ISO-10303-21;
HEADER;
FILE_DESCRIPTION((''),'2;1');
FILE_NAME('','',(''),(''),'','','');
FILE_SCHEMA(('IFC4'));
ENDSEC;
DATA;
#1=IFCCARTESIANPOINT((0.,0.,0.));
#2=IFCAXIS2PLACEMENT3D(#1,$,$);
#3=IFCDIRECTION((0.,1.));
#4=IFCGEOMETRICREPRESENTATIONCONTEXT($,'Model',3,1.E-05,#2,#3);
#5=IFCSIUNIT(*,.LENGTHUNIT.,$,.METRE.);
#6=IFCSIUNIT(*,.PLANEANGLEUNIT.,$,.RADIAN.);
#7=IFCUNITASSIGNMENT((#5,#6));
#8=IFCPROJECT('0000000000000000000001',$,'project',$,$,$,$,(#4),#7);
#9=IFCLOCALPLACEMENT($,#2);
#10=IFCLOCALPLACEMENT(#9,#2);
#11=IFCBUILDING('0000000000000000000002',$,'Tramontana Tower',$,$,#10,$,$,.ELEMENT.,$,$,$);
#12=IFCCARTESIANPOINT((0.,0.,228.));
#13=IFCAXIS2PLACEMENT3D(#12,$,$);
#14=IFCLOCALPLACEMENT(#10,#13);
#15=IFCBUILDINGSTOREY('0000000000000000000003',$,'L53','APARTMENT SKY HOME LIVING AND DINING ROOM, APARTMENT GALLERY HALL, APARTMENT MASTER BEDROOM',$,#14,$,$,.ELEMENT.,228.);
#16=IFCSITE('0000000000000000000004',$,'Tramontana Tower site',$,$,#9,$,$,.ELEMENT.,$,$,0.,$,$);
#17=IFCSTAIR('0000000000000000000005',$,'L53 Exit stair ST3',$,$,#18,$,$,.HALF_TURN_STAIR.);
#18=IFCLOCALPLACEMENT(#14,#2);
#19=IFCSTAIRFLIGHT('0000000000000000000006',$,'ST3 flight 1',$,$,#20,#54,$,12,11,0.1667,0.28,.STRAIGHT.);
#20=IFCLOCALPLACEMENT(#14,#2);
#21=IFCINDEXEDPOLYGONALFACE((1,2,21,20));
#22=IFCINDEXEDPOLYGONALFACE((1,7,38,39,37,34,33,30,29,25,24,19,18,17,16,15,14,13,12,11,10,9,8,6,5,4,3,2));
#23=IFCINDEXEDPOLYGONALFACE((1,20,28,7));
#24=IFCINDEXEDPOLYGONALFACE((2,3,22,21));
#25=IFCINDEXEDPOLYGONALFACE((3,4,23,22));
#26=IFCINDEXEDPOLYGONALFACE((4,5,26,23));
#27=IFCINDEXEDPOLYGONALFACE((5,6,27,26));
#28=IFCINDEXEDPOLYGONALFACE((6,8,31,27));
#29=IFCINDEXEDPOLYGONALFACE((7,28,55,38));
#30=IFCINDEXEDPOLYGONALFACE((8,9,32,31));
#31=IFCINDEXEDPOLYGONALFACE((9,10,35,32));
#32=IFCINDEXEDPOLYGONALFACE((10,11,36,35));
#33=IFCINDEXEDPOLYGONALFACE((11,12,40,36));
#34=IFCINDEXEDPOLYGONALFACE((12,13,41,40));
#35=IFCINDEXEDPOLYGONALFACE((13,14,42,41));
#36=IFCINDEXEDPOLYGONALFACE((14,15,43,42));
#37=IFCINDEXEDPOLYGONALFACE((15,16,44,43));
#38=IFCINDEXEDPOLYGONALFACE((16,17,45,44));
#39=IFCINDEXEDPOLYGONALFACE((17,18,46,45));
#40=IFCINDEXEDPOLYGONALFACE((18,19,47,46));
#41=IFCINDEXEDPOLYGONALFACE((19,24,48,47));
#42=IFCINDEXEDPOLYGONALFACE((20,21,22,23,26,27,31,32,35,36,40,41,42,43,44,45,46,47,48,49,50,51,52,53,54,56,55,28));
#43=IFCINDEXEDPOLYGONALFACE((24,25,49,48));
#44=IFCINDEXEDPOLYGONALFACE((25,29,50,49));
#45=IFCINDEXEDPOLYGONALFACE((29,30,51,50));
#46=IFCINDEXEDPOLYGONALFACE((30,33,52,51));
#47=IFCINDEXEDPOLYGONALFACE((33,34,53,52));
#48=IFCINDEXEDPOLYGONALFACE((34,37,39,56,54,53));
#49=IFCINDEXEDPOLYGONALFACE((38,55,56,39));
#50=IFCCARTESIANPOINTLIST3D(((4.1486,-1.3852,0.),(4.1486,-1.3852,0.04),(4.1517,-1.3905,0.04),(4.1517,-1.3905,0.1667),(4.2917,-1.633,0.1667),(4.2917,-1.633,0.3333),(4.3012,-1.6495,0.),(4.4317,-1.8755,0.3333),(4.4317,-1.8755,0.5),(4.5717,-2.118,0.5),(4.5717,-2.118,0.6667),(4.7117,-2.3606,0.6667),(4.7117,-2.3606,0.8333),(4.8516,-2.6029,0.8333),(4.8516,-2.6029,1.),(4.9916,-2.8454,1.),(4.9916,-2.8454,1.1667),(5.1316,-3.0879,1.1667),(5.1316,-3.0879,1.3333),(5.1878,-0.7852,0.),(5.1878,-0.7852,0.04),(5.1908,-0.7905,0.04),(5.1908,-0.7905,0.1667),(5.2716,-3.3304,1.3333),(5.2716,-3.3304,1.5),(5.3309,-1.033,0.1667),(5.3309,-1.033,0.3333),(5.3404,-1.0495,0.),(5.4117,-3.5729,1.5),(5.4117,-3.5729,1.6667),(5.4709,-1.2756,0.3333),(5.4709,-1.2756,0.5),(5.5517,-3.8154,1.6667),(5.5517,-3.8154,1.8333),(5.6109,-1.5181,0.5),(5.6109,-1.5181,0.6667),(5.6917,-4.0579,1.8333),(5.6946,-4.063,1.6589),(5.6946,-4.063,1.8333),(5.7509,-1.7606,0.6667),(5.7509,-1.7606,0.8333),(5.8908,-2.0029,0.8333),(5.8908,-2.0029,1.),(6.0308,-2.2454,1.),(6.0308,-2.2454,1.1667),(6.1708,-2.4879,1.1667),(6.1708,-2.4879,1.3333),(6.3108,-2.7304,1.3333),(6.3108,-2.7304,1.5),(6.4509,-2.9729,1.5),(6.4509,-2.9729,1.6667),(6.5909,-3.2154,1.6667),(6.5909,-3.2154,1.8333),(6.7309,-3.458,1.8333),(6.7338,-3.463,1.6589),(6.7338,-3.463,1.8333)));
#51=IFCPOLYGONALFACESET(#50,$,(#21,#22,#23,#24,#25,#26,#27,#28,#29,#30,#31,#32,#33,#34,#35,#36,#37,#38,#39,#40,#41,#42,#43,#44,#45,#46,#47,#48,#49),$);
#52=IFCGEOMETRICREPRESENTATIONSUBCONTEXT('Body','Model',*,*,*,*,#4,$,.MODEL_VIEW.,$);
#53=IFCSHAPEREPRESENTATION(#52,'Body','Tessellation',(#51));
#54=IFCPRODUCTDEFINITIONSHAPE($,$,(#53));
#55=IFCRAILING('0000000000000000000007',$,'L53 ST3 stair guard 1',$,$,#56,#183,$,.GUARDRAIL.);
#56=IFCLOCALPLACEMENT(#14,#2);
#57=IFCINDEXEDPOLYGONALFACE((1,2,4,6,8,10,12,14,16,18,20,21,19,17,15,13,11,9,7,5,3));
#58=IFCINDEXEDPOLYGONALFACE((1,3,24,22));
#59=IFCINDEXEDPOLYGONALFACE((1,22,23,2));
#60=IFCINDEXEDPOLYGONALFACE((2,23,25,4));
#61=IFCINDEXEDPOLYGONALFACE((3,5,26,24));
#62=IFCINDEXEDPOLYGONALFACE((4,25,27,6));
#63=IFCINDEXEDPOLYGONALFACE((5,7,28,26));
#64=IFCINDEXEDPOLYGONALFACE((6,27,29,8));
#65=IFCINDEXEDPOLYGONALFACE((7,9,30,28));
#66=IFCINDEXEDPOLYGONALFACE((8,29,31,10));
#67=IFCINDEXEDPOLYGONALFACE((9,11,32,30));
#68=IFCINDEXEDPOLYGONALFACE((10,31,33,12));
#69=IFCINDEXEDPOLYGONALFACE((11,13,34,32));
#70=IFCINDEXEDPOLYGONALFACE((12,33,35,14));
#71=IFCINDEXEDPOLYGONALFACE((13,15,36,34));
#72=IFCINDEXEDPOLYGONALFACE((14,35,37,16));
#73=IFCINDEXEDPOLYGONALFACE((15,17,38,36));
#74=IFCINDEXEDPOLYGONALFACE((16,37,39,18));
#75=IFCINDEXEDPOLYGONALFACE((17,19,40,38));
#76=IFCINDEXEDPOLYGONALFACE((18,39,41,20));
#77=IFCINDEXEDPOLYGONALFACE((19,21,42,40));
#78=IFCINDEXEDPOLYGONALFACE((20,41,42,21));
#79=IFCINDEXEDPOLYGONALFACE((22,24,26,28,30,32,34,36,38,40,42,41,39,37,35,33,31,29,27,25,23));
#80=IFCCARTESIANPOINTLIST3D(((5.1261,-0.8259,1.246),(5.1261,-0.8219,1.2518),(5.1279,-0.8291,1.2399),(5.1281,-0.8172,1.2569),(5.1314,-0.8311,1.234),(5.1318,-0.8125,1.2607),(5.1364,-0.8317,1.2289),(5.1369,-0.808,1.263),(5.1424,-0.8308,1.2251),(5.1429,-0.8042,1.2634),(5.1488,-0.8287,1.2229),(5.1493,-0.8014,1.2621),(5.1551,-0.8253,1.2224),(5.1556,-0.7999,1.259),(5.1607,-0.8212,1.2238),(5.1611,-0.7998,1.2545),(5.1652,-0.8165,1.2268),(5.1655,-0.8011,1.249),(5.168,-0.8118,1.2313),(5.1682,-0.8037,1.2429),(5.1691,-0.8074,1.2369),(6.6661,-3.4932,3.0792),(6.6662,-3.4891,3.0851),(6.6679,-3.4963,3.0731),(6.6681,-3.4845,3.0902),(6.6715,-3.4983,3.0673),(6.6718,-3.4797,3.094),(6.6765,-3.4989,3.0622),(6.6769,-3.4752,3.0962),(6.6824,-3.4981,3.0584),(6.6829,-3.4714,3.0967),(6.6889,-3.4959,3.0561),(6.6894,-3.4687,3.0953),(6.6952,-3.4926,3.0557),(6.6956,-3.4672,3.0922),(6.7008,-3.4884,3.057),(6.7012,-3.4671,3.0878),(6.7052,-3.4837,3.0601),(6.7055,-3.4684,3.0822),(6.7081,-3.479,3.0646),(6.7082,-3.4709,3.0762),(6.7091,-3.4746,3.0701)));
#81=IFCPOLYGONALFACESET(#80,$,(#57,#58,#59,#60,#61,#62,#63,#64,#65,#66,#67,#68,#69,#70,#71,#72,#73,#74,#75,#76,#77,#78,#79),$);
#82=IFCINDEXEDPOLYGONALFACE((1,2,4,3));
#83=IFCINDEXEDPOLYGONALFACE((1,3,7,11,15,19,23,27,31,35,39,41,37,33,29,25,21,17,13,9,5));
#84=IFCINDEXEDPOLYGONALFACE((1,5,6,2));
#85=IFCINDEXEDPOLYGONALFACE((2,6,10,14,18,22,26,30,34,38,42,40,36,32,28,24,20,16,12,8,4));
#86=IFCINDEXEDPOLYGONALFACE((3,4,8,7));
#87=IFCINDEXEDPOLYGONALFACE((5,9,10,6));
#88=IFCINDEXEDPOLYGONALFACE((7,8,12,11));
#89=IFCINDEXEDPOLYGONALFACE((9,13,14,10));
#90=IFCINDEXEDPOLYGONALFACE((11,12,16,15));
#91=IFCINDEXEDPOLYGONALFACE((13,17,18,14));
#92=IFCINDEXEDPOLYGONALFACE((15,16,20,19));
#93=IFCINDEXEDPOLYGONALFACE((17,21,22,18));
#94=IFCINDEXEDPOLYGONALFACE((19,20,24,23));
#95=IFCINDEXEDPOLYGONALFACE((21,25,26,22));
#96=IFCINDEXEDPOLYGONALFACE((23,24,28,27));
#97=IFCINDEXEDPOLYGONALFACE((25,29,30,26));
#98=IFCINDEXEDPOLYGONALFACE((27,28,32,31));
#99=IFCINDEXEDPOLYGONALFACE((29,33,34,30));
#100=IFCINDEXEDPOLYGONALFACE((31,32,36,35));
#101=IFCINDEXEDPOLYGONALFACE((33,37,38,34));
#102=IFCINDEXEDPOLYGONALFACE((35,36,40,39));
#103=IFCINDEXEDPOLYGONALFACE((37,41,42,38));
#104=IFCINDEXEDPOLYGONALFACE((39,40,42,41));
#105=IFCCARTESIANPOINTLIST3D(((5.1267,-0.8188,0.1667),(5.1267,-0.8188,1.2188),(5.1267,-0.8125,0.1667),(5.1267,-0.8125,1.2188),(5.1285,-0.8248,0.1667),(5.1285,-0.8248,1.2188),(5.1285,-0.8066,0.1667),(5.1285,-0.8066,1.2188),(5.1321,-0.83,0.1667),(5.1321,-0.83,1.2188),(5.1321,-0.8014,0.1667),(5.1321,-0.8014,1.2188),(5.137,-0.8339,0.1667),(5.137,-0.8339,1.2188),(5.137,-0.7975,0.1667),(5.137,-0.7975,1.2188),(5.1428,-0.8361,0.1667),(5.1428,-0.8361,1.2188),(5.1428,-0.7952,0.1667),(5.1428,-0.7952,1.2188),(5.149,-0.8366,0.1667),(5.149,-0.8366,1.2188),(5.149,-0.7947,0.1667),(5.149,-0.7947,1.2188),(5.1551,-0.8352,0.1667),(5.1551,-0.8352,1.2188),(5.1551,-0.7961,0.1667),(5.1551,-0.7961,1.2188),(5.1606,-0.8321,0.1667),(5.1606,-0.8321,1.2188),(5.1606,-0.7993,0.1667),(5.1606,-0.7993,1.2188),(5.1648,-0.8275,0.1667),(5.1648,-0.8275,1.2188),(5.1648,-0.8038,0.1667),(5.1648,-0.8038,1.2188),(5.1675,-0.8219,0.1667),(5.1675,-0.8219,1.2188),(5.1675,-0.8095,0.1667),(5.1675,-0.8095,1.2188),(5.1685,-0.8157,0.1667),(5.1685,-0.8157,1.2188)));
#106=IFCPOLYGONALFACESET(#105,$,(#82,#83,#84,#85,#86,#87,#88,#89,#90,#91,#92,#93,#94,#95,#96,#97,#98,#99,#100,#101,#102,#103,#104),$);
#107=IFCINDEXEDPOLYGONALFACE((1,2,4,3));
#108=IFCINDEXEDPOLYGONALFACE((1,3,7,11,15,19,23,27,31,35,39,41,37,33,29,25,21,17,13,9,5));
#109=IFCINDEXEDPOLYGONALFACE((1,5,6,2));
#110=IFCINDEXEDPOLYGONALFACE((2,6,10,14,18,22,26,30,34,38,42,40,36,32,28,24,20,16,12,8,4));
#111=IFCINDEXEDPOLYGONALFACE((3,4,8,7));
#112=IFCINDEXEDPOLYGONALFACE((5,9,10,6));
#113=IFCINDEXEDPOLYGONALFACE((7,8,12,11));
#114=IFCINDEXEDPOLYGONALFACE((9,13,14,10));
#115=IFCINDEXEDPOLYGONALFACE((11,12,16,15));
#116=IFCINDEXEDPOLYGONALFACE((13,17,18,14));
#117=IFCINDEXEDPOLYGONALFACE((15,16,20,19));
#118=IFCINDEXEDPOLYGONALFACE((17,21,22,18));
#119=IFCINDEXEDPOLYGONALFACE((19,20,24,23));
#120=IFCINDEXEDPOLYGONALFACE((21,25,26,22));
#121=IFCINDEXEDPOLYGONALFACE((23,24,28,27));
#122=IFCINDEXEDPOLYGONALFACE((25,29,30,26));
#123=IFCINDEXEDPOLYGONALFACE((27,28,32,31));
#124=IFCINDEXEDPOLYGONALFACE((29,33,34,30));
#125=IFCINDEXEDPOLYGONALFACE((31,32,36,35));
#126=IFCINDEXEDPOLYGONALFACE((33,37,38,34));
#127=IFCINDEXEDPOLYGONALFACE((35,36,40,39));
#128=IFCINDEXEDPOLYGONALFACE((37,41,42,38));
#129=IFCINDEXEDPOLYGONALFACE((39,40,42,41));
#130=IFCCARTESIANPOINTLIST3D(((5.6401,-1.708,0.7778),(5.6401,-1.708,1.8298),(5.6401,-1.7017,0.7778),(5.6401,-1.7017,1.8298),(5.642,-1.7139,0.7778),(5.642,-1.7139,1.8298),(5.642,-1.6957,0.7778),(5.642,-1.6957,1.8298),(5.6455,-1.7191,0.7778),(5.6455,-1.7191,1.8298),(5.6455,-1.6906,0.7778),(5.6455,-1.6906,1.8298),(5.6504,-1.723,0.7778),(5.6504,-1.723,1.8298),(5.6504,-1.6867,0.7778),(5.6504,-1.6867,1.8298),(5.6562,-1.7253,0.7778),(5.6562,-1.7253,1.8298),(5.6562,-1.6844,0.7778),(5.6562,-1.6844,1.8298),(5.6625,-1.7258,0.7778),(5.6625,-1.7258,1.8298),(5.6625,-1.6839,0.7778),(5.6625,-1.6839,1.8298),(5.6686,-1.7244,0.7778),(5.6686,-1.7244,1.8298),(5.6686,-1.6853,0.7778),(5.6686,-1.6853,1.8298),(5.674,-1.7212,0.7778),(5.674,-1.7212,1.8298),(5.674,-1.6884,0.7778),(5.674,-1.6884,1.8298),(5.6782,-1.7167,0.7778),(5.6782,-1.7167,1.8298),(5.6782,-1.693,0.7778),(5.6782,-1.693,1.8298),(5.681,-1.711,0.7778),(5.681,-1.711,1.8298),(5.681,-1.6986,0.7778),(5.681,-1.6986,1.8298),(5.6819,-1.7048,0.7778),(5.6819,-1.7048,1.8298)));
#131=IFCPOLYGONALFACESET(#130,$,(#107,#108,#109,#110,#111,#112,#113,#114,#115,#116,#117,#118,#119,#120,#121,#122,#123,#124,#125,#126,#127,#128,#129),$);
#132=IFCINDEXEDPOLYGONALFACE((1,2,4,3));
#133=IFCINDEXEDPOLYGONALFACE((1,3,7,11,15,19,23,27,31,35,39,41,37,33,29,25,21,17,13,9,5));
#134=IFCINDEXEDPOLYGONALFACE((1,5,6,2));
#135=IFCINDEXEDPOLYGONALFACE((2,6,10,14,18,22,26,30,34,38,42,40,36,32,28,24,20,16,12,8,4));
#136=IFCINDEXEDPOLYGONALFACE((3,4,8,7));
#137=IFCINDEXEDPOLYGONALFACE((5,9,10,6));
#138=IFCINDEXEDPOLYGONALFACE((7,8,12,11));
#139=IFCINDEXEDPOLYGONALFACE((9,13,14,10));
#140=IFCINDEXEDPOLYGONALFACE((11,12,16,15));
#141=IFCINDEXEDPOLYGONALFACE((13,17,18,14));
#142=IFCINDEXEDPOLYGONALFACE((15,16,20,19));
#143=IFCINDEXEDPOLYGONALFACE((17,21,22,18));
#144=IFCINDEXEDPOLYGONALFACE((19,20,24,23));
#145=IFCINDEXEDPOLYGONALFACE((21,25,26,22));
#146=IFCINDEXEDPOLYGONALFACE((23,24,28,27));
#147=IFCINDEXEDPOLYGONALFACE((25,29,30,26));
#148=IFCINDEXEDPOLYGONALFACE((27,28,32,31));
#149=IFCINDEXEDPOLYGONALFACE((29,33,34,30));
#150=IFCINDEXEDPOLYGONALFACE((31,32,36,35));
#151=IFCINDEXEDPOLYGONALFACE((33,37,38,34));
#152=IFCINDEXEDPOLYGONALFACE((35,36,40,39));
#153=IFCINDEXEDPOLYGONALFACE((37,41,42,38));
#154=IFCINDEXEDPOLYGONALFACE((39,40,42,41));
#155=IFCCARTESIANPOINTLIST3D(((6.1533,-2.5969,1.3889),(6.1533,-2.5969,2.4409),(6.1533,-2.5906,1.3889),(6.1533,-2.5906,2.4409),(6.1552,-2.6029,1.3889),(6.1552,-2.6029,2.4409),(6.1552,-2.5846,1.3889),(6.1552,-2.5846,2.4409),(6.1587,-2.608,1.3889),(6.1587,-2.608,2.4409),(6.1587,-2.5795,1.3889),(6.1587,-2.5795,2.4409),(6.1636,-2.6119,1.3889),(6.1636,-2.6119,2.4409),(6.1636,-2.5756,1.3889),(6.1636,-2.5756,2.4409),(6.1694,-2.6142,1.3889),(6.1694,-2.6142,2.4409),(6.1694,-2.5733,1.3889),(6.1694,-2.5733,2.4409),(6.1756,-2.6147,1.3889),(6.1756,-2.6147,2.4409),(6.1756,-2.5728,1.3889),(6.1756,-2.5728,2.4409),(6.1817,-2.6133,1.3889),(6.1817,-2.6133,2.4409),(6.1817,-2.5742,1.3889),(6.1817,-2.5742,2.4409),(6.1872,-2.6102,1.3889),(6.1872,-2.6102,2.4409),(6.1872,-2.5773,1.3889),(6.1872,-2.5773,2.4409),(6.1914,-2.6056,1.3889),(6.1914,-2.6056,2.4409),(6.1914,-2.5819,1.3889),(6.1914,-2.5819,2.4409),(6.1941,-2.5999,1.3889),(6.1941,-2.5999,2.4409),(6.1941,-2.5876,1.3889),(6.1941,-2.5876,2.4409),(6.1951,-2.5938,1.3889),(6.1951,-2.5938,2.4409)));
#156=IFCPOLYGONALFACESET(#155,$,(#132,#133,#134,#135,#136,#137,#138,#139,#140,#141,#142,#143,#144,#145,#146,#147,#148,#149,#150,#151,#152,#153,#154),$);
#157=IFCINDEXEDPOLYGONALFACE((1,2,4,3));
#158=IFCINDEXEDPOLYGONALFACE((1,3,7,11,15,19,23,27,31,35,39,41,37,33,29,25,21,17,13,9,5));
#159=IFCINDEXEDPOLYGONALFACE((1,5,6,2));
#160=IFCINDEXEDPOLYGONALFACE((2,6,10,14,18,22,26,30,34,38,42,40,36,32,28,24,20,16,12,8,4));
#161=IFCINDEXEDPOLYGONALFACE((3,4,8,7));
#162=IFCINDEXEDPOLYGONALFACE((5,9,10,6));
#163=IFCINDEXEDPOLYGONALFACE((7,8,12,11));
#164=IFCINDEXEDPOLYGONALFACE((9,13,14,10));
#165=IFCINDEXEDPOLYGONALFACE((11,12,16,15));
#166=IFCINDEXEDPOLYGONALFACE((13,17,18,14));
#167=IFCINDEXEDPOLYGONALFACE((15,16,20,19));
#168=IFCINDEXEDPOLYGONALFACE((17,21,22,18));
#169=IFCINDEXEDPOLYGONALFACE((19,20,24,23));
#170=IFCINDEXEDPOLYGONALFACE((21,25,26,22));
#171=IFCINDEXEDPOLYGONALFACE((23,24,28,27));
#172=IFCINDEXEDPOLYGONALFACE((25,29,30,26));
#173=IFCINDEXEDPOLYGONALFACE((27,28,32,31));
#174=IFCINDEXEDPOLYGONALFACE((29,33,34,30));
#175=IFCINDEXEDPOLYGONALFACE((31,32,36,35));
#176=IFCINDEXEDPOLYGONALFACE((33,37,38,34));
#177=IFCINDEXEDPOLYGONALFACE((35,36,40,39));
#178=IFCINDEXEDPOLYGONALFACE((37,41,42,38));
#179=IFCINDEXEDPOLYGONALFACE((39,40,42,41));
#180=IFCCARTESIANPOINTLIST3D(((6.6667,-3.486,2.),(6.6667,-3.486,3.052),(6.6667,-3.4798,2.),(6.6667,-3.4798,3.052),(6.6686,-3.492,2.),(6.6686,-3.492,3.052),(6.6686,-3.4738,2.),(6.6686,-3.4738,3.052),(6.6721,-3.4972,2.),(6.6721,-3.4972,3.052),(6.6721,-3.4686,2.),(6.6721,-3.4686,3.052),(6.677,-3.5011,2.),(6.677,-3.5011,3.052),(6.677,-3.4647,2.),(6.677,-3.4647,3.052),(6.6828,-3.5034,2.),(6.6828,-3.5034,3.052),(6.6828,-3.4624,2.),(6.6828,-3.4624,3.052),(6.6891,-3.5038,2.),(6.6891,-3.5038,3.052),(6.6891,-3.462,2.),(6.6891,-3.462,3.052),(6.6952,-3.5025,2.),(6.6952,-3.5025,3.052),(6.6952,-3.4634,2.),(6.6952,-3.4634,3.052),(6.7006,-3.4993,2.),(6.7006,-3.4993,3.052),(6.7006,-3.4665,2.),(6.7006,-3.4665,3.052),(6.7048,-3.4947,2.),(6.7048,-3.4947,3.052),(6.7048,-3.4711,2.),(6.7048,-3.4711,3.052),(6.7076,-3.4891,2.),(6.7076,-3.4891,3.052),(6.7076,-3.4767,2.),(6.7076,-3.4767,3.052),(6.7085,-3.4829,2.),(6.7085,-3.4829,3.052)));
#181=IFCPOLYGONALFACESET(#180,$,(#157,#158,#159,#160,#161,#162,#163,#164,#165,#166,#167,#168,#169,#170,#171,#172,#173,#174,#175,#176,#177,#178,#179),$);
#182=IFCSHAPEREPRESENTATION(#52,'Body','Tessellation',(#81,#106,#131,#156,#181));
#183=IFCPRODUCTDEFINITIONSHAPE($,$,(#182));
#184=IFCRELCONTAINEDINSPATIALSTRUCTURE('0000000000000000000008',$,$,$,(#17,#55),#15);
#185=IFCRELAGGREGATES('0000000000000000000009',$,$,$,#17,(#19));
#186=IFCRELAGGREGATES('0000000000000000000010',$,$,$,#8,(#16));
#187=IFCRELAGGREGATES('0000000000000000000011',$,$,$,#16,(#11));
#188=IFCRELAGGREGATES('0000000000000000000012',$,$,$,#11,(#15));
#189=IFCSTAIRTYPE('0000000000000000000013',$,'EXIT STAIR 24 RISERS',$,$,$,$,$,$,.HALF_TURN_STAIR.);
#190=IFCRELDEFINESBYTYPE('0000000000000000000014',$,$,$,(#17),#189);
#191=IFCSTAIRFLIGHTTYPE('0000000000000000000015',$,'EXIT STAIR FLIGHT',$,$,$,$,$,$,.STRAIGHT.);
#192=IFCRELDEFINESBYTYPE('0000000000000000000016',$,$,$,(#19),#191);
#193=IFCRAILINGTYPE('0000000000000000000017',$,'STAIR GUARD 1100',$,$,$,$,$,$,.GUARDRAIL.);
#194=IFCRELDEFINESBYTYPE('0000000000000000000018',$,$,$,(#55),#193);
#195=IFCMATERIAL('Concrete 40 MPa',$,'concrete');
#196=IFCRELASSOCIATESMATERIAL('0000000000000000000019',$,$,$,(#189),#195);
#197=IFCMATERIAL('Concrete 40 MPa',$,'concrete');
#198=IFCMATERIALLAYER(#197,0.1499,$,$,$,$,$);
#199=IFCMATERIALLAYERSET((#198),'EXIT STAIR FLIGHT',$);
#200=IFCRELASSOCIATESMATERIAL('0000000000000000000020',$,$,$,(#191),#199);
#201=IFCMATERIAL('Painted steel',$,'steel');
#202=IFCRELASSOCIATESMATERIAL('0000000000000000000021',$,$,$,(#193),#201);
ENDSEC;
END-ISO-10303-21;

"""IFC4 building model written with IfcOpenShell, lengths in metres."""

from ifc_helpers import new_model, si_unit, direction, frame, origin, origin_2d, place, context, subcontext, project, spatial, polyline, circle, outline, extrude, material, layer, layer_set, type_object, element, aggregate, save


model = new_model("IFC4")

# Units and contexts
model_context = context("Model", 3, precision=1e-05, world=origin(), true_north=direction((0.0, 1.0)))
body_context = subcontext(model_context, "Body", "Model", "MODEL_VIEW")
ifc_project = project(units=[si_unit("LENGTHUNIT", "METRE"), si_unit("PLANEANGLEUNIT", "RADIAN")], contexts=[model_context])

# Site, building, storey
site_placement = place(None, origin())
site = spatial("IfcSite", under=ifc_project, at=site_placement, Name="Tramontana Tower site", CompositionType="ELEMENT", RefElevation=0.0)
building_placement = place(site_placement, origin())
building = spatial("IfcBuilding", under=site, at=building_placement, Name="Tramontana Tower", CompositionType="ELEMENT")
storey_placement = place(building_placement, frame((0.0, 0.0, 228.0)))
storey = spatial("IfcBuildingStorey", under=building, at=storey_placement, Name="L53", Description="APARTMENT SKY HOME LIVING AND DINING ROOM, APARTMENT GALLERY HALL, APARTMENT MASTER BEDROOM", CompositionType="ELEMENT", Elevation=228.0)

# Stair
ifc_material_1 = material(Name="Concrete 40 MPa", Category="concrete")
stair_type = type_object("IfcStairType", Name="EXIT STAIR 24 RISERS", PredefinedType="HALF_TURN_STAIR", material=ifc_material_1)
stair_1_placement = place(storey_placement, origin())
stair_1 = element("IfcStair", 1, at=stair_1_placement, inside=storey, type_object=stair_type, Name="L53 Exit stair ST3", PredefinedType="HALF_TURN_STAIR")

# Stair flight
ifc_material_2 = material(Name="Concrete 40 MPa", Category="concrete")
ifc_layer_1 = layer(ifc_material_2, 0.1499)
ifc_layer_set_1 = layer_set([ifc_layer_1], Name="EXIT STAIR FLIGHT")
stair_flight_type = type_object("IfcStairFlightType", Name="EXIT STAIR FLIGHT", PredefinedType="STRAIGHT", material=ifc_layer_set_1)
stair_flight_placement = place(storey_placement, frame((4.6711, -1.0906, 0.0), z_axis=(0.0, 0.0, 1.0), x_axis=(0.5, -0.866025, 0.0)))
stair_flight = element("IfcStairFlight", 2, at=stair_flight_placement, type_object=stair_flight_type, Name="ST3 flight 1", NumberOfRisers=12, NumberOfTreads=11, PredefinedType="STRAIGHT", RiserHeight=0.1667, TreadLength=0.28, context=body_context, shape_type="SweptSolid", body=[
    extrude(outline(polyline([(-0.0061, 0.0), (-0.0061, 0.04), (0.0, 0.04), (0.0, 0.1667), (0.28, 0.1667), (0.28, 0.3333), (0.5601, 0.3333), (0.5601, 0.5), (0.8401, 0.5), (0.8401, 0.6667), (1.1201, 0.6667), (1.1201, 0.8333), (1.3999, 0.8333), (1.3999, 1.0), (1.6799, 1.0), (1.6799, 1.1667), (1.96, 1.1667), (1.96, 1.3333), (2.24, 1.3333), (2.24, 1.5), (2.52, 1.5), (2.52, 1.6667), (2.8, 1.6667), (2.8, 1.8333), (3.0801, 1.8333), (3.0859, 1.8333), (3.0859, 1.6589), (0.2991, 0.0), (-0.0061, 0.0)])), frame((0.0, 0.6001, 0.0), z_axis=(0.0, -1.0, 0.0), x_axis=(1.0, 0.0, 0.0)), (0.0, 0.0, 1.0), 1.2),
])
aggregate(stair_1, [stair_flight])

# Railing
ifc_material_3 = material(Name="Painted steel", Category="steel")
railing_type_1 = type_object("IfcRailingType", Name="STAIR GUARD 1100", PredefinedType="GUARDRAIL", material=ifc_material_3)
railing_1_placement = place(storey_placement, frame((5.1475, -0.8157, 0.1667)))
element("IfcRailing", 3, at=railing_1_placement, inside=storey, type_object=railing_type_1, Name="L53 ST3 stair guard 1", PredefinedType="GUARDRAIL", context=body_context, shape_type="SweptSolid", body=[
    extrude(circle(Radius=0.0239, at=origin_2d()), frame((0.0, 0.0, 1.0762), z_axis=(0.429671, -0.744159, 0.511478), x_axis=(0.86601, 0.500027, 0.0)), (0.0, 0.0, 1.0), 3.5842),
    extrude(circle(Radius=0.021, at=origin_2d()), origin(), (0.0, 0.0, 1.0), 1.052),
    extrude(circle(Radius=0.021, at=origin_2d()), frame((0.5134, -0.8892, 0.6111)), (0.0, 0.0, 1.0), 1.052),
    extrude(circle(Radius=0.021, at=origin_2d()), frame((1.0266, -1.7781, 1.2222)), (0.0, 0.0, 1.0), 1.052),
    extrude(circle(Radius=0.021, at=origin_2d()), frame((1.54, -2.6672, 1.8333)), (0.0, 0.0, 1.0), 1.052),
])

save(model, "model.ifc")
